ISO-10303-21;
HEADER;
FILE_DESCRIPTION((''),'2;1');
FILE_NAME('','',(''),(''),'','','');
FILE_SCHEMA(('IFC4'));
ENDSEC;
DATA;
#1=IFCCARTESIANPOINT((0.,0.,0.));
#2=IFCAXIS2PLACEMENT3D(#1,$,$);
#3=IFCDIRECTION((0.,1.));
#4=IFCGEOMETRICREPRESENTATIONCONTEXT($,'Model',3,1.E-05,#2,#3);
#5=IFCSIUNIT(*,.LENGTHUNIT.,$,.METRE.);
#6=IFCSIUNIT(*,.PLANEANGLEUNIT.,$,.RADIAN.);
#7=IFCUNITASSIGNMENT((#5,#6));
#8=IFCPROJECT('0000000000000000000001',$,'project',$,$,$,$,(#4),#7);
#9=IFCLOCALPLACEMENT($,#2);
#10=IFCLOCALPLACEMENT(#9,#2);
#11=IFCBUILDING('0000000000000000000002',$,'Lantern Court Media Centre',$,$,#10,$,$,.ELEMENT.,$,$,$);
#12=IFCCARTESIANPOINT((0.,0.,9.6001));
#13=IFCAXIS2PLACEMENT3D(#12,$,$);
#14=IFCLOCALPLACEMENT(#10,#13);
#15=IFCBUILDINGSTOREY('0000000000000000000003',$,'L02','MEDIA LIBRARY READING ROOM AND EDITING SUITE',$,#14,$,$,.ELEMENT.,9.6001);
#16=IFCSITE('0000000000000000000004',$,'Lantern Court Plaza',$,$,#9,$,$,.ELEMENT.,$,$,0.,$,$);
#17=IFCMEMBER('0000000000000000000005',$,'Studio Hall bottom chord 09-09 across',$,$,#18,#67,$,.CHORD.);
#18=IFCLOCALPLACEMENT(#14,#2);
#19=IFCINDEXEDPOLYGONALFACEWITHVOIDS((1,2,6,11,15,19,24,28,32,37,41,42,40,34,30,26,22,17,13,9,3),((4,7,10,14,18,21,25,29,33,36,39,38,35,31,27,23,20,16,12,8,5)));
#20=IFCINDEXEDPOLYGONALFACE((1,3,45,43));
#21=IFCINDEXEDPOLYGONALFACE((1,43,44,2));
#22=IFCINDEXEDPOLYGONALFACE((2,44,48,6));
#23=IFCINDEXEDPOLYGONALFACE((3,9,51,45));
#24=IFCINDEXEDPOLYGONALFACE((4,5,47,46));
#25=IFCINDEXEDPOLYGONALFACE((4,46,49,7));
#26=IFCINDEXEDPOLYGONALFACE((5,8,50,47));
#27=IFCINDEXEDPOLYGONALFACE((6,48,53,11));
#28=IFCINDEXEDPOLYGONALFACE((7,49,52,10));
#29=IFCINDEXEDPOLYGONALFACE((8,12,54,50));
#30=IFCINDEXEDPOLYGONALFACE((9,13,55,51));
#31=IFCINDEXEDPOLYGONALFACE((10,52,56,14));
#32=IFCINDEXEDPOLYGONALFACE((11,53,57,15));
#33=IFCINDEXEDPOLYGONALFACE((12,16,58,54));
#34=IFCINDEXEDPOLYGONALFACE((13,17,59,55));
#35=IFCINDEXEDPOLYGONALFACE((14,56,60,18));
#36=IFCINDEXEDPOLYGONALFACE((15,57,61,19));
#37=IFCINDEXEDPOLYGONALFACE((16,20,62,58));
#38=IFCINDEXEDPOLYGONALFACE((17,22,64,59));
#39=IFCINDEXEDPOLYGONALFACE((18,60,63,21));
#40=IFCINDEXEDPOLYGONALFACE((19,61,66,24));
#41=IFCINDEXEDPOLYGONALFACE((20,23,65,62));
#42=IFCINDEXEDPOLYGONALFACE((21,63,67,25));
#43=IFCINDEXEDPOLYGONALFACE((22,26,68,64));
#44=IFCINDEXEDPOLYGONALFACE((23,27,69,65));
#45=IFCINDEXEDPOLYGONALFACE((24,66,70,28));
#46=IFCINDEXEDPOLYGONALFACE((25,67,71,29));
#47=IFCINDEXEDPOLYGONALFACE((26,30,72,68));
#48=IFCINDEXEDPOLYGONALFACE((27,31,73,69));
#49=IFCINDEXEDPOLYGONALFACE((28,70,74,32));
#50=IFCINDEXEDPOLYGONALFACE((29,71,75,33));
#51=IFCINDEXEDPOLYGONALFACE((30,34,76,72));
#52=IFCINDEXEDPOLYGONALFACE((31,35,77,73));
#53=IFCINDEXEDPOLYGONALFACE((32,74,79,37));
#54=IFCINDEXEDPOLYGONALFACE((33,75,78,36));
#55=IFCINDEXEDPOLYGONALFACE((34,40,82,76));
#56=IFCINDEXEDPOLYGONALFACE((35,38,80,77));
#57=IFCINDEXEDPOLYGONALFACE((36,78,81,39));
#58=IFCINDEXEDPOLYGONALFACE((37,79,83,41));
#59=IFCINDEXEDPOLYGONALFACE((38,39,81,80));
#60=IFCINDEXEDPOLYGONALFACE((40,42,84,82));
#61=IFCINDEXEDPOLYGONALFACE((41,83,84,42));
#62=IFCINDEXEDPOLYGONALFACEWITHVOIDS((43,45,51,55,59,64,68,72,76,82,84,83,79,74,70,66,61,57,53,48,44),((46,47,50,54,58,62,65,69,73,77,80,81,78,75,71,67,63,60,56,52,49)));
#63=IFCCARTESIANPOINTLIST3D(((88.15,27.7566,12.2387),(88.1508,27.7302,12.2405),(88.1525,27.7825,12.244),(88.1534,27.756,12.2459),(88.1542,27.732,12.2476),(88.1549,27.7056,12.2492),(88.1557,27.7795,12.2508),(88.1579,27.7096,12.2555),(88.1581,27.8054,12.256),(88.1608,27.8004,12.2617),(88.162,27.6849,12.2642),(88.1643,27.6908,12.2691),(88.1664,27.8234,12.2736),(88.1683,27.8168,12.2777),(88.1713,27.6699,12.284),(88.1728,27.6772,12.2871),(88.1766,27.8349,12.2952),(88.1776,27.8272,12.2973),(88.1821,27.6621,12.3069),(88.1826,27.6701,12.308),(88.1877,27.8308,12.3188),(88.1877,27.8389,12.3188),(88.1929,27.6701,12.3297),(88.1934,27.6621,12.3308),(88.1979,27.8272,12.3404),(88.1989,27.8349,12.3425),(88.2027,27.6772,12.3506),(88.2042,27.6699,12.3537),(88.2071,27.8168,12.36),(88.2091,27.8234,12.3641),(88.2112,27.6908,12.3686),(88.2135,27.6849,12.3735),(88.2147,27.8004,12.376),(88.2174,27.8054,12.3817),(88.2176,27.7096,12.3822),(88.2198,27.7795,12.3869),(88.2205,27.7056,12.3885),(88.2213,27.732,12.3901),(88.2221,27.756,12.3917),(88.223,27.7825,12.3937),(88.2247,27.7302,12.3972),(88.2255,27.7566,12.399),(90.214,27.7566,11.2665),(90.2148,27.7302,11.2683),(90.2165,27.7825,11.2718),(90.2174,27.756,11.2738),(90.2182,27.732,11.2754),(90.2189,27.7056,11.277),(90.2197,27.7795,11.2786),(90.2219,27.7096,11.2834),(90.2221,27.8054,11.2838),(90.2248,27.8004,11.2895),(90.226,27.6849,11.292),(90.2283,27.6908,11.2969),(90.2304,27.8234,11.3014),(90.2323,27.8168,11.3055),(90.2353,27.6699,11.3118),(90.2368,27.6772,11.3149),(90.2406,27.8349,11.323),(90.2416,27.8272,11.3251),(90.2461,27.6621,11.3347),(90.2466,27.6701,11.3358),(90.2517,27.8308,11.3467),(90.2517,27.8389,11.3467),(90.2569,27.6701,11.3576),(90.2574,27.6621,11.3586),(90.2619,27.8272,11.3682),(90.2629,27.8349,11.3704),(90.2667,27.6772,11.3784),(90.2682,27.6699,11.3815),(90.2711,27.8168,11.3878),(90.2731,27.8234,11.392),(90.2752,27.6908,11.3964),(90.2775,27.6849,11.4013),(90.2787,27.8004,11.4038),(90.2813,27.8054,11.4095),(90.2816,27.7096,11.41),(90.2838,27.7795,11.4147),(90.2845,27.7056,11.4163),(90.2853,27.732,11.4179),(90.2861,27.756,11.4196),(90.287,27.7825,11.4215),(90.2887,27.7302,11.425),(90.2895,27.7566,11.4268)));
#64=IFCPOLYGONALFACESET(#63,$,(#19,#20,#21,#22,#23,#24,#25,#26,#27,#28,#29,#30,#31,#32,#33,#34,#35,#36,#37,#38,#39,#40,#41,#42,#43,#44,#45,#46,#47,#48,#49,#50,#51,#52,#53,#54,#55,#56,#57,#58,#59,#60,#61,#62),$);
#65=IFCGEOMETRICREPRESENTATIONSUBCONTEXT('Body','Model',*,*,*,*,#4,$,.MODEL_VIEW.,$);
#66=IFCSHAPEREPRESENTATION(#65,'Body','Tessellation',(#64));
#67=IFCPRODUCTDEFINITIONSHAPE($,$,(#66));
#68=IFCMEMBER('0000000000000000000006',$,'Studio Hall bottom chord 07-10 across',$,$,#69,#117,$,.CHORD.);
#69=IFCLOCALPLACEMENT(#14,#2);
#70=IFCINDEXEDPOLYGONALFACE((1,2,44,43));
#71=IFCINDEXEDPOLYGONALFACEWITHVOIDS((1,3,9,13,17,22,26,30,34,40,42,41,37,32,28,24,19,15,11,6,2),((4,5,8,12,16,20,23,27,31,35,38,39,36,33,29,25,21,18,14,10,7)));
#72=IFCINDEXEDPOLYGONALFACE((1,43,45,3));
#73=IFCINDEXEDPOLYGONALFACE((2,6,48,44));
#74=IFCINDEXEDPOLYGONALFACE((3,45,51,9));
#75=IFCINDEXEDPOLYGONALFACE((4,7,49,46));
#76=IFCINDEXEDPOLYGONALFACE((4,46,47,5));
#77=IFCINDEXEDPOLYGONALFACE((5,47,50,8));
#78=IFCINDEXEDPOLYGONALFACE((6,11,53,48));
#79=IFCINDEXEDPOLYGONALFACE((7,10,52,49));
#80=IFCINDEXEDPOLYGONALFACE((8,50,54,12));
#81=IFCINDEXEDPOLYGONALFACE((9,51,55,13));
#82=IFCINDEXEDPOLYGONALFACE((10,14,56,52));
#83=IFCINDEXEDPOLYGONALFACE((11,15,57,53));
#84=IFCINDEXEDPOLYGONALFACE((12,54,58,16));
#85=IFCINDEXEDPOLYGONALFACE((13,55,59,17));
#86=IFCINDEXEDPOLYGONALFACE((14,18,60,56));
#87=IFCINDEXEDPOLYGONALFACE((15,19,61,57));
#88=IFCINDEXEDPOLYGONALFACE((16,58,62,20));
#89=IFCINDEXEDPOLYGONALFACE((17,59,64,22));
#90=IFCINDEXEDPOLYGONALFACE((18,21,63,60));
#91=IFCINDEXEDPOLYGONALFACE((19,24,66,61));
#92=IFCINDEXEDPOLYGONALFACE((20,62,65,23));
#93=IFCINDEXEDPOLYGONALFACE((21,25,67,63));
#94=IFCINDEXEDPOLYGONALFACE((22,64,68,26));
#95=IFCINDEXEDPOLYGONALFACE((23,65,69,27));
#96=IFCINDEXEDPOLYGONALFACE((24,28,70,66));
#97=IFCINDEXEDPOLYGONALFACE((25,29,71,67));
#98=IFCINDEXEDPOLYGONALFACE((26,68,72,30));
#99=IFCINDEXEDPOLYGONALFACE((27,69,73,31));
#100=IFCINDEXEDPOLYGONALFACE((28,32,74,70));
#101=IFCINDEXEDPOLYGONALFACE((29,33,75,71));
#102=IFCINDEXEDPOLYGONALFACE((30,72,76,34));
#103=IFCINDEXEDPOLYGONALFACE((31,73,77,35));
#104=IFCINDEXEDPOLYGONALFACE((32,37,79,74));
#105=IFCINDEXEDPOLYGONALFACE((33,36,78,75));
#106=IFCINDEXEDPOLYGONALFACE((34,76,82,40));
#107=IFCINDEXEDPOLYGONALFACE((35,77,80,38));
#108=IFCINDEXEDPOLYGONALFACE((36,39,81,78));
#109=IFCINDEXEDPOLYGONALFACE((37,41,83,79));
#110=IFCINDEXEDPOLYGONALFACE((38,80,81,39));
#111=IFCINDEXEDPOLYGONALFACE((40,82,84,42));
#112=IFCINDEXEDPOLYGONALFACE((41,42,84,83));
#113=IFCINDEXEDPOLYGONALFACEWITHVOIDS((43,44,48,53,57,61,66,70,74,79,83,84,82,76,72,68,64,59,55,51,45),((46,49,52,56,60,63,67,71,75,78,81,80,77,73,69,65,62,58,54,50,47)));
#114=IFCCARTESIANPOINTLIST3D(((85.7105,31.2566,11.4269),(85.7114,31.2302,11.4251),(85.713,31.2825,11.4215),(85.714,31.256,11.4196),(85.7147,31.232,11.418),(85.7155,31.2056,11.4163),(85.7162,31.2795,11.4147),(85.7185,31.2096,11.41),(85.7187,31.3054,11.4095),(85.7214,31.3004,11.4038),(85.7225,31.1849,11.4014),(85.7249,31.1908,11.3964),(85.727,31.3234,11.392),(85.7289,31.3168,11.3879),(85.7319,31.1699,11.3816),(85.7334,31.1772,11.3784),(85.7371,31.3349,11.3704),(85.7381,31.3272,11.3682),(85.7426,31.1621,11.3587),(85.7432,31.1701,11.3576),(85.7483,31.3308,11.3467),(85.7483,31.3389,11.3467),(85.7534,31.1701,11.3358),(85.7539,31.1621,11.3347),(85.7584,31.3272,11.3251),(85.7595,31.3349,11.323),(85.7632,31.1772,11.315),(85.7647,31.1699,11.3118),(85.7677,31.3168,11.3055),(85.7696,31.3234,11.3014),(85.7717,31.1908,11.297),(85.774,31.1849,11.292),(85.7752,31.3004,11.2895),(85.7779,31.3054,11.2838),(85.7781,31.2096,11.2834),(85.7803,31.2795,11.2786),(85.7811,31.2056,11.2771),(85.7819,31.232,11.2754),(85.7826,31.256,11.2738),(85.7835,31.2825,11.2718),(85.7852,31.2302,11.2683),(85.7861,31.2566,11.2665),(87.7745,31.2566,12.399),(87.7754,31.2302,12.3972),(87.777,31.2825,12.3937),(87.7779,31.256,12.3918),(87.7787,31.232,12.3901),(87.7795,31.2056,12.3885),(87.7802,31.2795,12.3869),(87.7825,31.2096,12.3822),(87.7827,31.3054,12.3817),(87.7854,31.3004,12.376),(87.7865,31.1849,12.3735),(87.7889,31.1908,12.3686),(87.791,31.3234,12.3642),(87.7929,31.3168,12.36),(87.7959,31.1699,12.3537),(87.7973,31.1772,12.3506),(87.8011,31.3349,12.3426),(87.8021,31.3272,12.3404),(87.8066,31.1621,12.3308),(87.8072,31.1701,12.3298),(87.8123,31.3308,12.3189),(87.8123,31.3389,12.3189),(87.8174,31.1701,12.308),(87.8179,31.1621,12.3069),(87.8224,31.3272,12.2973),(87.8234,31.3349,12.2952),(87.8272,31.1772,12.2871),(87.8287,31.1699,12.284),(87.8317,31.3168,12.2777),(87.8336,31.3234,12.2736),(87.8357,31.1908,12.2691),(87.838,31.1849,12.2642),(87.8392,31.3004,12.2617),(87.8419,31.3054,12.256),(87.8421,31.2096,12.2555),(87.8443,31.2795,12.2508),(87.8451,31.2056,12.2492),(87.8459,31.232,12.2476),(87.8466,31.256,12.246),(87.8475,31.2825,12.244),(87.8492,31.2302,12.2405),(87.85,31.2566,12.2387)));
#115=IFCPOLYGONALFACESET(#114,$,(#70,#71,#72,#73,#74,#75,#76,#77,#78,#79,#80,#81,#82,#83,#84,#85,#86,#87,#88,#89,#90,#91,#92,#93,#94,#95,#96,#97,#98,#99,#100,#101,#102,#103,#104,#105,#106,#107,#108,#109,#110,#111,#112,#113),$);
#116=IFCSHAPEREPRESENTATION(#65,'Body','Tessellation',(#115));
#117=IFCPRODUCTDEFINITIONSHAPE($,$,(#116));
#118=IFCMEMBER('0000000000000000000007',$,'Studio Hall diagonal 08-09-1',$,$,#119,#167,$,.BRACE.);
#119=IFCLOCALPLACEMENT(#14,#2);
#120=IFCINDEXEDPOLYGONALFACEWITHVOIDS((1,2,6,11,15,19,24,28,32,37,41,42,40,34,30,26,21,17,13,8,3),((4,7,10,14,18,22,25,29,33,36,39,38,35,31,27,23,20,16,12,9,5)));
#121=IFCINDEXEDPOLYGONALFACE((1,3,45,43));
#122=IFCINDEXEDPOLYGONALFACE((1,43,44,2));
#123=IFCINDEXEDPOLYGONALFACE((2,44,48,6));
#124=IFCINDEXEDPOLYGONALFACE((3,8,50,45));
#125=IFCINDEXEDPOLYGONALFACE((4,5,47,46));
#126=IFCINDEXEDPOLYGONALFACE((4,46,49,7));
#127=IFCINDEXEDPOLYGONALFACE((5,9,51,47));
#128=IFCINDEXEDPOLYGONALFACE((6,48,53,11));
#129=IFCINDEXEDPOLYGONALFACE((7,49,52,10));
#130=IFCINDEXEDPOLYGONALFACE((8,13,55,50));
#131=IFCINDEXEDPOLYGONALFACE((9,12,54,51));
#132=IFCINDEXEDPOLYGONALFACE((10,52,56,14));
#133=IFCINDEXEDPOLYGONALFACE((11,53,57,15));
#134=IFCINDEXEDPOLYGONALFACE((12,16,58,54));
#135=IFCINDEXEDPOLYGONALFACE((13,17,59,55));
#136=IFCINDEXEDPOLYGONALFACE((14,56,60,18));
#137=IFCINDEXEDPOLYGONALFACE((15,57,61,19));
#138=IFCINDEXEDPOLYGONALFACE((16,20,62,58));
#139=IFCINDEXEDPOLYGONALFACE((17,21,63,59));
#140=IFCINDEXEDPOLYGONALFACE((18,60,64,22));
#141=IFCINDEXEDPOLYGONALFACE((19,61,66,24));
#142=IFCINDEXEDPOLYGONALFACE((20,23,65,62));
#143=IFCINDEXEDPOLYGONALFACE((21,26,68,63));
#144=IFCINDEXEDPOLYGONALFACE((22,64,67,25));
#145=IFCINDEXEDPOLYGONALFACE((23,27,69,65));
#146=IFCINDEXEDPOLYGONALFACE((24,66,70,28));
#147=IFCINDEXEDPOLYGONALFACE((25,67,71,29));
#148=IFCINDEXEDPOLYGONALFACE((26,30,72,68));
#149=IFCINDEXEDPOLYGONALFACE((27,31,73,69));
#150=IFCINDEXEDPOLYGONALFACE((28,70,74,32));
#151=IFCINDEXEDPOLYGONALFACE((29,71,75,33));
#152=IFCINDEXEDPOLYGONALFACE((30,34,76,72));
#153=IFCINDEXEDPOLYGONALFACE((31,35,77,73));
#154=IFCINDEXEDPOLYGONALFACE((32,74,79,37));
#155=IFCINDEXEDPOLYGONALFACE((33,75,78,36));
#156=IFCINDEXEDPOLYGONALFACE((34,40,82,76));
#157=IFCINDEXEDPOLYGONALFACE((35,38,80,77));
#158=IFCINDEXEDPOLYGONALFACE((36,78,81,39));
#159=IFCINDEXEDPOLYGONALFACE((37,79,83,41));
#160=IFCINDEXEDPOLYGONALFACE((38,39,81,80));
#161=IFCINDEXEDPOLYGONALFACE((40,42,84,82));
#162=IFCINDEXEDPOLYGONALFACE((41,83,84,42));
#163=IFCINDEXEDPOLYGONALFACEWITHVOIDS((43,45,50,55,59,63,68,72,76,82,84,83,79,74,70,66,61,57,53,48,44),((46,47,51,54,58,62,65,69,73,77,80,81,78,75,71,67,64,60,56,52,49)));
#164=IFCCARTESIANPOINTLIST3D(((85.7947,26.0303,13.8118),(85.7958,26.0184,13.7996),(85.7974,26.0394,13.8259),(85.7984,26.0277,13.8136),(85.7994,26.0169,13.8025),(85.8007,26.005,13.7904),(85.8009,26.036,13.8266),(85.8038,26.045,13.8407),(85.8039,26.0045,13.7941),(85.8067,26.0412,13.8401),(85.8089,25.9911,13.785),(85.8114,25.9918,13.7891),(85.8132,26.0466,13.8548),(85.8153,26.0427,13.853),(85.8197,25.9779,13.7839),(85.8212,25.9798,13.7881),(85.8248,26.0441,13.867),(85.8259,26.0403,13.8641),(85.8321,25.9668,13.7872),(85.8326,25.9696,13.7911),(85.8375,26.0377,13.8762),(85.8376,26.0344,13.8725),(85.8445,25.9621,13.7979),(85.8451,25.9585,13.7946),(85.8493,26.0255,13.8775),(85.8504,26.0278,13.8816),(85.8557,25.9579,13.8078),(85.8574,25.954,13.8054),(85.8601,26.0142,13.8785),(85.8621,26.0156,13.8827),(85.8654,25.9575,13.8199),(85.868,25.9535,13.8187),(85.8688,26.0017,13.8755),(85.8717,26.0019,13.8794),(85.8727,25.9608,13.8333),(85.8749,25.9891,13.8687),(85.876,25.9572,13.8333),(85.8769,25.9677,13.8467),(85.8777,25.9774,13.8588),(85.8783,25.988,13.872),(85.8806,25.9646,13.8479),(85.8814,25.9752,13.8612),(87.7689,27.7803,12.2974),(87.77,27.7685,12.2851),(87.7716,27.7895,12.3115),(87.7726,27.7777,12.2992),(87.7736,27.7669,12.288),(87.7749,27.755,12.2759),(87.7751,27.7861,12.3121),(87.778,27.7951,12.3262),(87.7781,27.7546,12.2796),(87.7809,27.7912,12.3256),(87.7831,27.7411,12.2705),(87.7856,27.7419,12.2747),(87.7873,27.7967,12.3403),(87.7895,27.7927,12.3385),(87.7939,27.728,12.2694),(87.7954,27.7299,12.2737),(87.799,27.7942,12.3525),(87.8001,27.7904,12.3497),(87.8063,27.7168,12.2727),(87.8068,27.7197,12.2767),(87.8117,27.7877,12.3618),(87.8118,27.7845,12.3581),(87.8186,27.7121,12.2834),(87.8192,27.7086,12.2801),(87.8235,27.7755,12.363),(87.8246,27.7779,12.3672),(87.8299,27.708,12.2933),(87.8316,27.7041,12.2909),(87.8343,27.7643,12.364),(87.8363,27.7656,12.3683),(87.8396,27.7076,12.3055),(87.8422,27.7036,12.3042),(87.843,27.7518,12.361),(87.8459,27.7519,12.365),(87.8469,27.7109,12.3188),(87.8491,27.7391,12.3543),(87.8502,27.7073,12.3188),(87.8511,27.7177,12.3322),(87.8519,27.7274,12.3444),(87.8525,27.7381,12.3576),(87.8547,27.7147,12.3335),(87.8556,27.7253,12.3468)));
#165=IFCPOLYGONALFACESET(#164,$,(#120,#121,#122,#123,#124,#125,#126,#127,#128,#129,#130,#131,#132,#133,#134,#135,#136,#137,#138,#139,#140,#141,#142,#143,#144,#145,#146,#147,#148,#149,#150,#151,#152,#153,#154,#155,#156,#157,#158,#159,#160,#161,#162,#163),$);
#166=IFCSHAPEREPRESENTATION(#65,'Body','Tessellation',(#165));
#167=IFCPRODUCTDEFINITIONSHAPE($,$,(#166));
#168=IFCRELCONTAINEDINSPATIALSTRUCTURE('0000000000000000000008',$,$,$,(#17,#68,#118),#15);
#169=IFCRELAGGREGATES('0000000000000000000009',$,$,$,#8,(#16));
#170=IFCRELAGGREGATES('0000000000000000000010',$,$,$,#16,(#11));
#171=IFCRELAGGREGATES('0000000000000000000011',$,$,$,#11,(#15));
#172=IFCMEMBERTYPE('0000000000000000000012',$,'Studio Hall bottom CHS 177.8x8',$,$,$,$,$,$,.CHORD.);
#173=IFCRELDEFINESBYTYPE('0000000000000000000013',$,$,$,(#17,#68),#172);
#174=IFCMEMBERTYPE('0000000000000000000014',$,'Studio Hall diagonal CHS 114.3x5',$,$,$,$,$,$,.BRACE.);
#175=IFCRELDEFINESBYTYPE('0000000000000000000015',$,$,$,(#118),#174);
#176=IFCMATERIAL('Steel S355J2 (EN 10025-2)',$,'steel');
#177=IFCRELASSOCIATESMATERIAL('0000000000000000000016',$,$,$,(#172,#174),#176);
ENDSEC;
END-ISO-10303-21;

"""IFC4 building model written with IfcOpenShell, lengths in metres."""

from ifc_helpers import new_model, si_unit, direction, frame, origin, origin_2d, place, context, subcontext, project, spatial, hollow_circle, extrude, material, material_profile, profile_set, type_object, element, save


model = new_model("IFC4")

# Units and contexts
model_context = context("Model", 3, precision=1e-05, world=origin(), true_north=direction((0.0, 1.0)))
body_context = subcontext(model_context, "Body", "Model", "MODEL_VIEW")
ifc_project = project(units=[si_unit("LENGTHUNIT", "METRE"), si_unit("PLANEANGLEUNIT", "RADIAN")], contexts=[model_context])

# Site, building, storey
site_placement = place(None, origin())
site = spatial("IfcSite", under=ifc_project, at=site_placement, Name="Lantern Court Plaza", CompositionType="ELEMENT", RefElevation=0.0)
building_placement = place(site_placement, origin())
building = spatial("IfcBuilding", under=site, at=building_placement, Name="Lantern Court Media Centre", CompositionType="ELEMENT")
storey_placement = place(building_placement, frame((0.0, 0.0, 9.6001)))
storey = spatial("IfcBuildingStorey", under=building, at=storey_placement, Name="L02", Description="MEDIA LIBRARY READING ROOM AND EDITING SUITE", CompositionType="ELEMENT", Elevation=9.6001)

# Members
ifc_material = material(Name="Steel S355J2 (EN 10025-2)", Category="steel")
ifc_material_profile_1 = material_profile(ifc_material, hollow_circle(Radius=0.0889, WallThickness=0.0081, at=origin_2d()), Name="Studio Hall bottom CHS 177.8x8")
ifc_profile_set_1 = profile_set([ifc_material_profile_1], Name="Steel S355J2 (EN 10025-2)")
member_type_1 = type_object("IfcMemberType", Name="Studio Hall bottom CHS 177.8x8", PredefinedType="CHORD", material=ifc_profile_set_1)
for number, where, z_axis, x_axis, name in (
    (1, (88.1877, 27.75, 12.3188), (0.904668, 0.0, -0.426117), (0.0, 1.0, 0.0), "Studio Hall bottom chord 09-09 across"),
    (2, (85.7483, 31.25, 11.3467), (0.904668, 0.0, 0.426117), (0.0, 1.0, 0.0), "Studio Hall bottom chord 07-10 across"),
):
    element("IfcMember", number, at=place(storey_placement, frame(where, z_axis=z_axis, x_axis=x_axis)), inside=storey, type_object=member_type_1, Name=name, PredefinedType="CHORD", context=body_context, shape_type="SweptSolid", body=[
        extrude(hollow_circle(Radius=0.0889, WallThickness=0.0081, at=origin_2d()), origin(), (0.0, 0.0, 1.0), 2.2815),
    ])
ifc_material_profile_2 = material_profile(ifc_material, hollow_circle(Radius=0.0571, WallThickness=0.0049, at=origin_2d()), Name="Studio Hall diagonal CHS 114.3x5")
ifc_profile_set_2 = profile_set([ifc_material_profile_2], Name="Steel S355J2 (EN 10025-2)")
member_type_2 = type_object("IfcMemberType", Name="Studio Hall diagonal CHS 114.3x5", PredefinedType="BRACE", material=ifc_profile_set_2)
member_1_placement = place(storey_placement, frame((87.8123, 27.75, 12.3188), z_axis=(-0.648979, -0.575301, 0.49785), x_axis=(0.663352, -0.748307, 0.0)))
element("IfcMember", 3, at=member_1_placement, inside=storey, type_object=member_type_2, Name="Studio Hall diagonal 08-09-1", PredefinedType="BRACE", context=body_context, shape_type="SweptSolid", body=[
    extrude(hollow_circle(Radius=0.0571, WallThickness=0.0049, at=origin_2d()), origin(), (0.0, 0.0, 1.0), 3.042),
])

save(model, "model.ifc")
